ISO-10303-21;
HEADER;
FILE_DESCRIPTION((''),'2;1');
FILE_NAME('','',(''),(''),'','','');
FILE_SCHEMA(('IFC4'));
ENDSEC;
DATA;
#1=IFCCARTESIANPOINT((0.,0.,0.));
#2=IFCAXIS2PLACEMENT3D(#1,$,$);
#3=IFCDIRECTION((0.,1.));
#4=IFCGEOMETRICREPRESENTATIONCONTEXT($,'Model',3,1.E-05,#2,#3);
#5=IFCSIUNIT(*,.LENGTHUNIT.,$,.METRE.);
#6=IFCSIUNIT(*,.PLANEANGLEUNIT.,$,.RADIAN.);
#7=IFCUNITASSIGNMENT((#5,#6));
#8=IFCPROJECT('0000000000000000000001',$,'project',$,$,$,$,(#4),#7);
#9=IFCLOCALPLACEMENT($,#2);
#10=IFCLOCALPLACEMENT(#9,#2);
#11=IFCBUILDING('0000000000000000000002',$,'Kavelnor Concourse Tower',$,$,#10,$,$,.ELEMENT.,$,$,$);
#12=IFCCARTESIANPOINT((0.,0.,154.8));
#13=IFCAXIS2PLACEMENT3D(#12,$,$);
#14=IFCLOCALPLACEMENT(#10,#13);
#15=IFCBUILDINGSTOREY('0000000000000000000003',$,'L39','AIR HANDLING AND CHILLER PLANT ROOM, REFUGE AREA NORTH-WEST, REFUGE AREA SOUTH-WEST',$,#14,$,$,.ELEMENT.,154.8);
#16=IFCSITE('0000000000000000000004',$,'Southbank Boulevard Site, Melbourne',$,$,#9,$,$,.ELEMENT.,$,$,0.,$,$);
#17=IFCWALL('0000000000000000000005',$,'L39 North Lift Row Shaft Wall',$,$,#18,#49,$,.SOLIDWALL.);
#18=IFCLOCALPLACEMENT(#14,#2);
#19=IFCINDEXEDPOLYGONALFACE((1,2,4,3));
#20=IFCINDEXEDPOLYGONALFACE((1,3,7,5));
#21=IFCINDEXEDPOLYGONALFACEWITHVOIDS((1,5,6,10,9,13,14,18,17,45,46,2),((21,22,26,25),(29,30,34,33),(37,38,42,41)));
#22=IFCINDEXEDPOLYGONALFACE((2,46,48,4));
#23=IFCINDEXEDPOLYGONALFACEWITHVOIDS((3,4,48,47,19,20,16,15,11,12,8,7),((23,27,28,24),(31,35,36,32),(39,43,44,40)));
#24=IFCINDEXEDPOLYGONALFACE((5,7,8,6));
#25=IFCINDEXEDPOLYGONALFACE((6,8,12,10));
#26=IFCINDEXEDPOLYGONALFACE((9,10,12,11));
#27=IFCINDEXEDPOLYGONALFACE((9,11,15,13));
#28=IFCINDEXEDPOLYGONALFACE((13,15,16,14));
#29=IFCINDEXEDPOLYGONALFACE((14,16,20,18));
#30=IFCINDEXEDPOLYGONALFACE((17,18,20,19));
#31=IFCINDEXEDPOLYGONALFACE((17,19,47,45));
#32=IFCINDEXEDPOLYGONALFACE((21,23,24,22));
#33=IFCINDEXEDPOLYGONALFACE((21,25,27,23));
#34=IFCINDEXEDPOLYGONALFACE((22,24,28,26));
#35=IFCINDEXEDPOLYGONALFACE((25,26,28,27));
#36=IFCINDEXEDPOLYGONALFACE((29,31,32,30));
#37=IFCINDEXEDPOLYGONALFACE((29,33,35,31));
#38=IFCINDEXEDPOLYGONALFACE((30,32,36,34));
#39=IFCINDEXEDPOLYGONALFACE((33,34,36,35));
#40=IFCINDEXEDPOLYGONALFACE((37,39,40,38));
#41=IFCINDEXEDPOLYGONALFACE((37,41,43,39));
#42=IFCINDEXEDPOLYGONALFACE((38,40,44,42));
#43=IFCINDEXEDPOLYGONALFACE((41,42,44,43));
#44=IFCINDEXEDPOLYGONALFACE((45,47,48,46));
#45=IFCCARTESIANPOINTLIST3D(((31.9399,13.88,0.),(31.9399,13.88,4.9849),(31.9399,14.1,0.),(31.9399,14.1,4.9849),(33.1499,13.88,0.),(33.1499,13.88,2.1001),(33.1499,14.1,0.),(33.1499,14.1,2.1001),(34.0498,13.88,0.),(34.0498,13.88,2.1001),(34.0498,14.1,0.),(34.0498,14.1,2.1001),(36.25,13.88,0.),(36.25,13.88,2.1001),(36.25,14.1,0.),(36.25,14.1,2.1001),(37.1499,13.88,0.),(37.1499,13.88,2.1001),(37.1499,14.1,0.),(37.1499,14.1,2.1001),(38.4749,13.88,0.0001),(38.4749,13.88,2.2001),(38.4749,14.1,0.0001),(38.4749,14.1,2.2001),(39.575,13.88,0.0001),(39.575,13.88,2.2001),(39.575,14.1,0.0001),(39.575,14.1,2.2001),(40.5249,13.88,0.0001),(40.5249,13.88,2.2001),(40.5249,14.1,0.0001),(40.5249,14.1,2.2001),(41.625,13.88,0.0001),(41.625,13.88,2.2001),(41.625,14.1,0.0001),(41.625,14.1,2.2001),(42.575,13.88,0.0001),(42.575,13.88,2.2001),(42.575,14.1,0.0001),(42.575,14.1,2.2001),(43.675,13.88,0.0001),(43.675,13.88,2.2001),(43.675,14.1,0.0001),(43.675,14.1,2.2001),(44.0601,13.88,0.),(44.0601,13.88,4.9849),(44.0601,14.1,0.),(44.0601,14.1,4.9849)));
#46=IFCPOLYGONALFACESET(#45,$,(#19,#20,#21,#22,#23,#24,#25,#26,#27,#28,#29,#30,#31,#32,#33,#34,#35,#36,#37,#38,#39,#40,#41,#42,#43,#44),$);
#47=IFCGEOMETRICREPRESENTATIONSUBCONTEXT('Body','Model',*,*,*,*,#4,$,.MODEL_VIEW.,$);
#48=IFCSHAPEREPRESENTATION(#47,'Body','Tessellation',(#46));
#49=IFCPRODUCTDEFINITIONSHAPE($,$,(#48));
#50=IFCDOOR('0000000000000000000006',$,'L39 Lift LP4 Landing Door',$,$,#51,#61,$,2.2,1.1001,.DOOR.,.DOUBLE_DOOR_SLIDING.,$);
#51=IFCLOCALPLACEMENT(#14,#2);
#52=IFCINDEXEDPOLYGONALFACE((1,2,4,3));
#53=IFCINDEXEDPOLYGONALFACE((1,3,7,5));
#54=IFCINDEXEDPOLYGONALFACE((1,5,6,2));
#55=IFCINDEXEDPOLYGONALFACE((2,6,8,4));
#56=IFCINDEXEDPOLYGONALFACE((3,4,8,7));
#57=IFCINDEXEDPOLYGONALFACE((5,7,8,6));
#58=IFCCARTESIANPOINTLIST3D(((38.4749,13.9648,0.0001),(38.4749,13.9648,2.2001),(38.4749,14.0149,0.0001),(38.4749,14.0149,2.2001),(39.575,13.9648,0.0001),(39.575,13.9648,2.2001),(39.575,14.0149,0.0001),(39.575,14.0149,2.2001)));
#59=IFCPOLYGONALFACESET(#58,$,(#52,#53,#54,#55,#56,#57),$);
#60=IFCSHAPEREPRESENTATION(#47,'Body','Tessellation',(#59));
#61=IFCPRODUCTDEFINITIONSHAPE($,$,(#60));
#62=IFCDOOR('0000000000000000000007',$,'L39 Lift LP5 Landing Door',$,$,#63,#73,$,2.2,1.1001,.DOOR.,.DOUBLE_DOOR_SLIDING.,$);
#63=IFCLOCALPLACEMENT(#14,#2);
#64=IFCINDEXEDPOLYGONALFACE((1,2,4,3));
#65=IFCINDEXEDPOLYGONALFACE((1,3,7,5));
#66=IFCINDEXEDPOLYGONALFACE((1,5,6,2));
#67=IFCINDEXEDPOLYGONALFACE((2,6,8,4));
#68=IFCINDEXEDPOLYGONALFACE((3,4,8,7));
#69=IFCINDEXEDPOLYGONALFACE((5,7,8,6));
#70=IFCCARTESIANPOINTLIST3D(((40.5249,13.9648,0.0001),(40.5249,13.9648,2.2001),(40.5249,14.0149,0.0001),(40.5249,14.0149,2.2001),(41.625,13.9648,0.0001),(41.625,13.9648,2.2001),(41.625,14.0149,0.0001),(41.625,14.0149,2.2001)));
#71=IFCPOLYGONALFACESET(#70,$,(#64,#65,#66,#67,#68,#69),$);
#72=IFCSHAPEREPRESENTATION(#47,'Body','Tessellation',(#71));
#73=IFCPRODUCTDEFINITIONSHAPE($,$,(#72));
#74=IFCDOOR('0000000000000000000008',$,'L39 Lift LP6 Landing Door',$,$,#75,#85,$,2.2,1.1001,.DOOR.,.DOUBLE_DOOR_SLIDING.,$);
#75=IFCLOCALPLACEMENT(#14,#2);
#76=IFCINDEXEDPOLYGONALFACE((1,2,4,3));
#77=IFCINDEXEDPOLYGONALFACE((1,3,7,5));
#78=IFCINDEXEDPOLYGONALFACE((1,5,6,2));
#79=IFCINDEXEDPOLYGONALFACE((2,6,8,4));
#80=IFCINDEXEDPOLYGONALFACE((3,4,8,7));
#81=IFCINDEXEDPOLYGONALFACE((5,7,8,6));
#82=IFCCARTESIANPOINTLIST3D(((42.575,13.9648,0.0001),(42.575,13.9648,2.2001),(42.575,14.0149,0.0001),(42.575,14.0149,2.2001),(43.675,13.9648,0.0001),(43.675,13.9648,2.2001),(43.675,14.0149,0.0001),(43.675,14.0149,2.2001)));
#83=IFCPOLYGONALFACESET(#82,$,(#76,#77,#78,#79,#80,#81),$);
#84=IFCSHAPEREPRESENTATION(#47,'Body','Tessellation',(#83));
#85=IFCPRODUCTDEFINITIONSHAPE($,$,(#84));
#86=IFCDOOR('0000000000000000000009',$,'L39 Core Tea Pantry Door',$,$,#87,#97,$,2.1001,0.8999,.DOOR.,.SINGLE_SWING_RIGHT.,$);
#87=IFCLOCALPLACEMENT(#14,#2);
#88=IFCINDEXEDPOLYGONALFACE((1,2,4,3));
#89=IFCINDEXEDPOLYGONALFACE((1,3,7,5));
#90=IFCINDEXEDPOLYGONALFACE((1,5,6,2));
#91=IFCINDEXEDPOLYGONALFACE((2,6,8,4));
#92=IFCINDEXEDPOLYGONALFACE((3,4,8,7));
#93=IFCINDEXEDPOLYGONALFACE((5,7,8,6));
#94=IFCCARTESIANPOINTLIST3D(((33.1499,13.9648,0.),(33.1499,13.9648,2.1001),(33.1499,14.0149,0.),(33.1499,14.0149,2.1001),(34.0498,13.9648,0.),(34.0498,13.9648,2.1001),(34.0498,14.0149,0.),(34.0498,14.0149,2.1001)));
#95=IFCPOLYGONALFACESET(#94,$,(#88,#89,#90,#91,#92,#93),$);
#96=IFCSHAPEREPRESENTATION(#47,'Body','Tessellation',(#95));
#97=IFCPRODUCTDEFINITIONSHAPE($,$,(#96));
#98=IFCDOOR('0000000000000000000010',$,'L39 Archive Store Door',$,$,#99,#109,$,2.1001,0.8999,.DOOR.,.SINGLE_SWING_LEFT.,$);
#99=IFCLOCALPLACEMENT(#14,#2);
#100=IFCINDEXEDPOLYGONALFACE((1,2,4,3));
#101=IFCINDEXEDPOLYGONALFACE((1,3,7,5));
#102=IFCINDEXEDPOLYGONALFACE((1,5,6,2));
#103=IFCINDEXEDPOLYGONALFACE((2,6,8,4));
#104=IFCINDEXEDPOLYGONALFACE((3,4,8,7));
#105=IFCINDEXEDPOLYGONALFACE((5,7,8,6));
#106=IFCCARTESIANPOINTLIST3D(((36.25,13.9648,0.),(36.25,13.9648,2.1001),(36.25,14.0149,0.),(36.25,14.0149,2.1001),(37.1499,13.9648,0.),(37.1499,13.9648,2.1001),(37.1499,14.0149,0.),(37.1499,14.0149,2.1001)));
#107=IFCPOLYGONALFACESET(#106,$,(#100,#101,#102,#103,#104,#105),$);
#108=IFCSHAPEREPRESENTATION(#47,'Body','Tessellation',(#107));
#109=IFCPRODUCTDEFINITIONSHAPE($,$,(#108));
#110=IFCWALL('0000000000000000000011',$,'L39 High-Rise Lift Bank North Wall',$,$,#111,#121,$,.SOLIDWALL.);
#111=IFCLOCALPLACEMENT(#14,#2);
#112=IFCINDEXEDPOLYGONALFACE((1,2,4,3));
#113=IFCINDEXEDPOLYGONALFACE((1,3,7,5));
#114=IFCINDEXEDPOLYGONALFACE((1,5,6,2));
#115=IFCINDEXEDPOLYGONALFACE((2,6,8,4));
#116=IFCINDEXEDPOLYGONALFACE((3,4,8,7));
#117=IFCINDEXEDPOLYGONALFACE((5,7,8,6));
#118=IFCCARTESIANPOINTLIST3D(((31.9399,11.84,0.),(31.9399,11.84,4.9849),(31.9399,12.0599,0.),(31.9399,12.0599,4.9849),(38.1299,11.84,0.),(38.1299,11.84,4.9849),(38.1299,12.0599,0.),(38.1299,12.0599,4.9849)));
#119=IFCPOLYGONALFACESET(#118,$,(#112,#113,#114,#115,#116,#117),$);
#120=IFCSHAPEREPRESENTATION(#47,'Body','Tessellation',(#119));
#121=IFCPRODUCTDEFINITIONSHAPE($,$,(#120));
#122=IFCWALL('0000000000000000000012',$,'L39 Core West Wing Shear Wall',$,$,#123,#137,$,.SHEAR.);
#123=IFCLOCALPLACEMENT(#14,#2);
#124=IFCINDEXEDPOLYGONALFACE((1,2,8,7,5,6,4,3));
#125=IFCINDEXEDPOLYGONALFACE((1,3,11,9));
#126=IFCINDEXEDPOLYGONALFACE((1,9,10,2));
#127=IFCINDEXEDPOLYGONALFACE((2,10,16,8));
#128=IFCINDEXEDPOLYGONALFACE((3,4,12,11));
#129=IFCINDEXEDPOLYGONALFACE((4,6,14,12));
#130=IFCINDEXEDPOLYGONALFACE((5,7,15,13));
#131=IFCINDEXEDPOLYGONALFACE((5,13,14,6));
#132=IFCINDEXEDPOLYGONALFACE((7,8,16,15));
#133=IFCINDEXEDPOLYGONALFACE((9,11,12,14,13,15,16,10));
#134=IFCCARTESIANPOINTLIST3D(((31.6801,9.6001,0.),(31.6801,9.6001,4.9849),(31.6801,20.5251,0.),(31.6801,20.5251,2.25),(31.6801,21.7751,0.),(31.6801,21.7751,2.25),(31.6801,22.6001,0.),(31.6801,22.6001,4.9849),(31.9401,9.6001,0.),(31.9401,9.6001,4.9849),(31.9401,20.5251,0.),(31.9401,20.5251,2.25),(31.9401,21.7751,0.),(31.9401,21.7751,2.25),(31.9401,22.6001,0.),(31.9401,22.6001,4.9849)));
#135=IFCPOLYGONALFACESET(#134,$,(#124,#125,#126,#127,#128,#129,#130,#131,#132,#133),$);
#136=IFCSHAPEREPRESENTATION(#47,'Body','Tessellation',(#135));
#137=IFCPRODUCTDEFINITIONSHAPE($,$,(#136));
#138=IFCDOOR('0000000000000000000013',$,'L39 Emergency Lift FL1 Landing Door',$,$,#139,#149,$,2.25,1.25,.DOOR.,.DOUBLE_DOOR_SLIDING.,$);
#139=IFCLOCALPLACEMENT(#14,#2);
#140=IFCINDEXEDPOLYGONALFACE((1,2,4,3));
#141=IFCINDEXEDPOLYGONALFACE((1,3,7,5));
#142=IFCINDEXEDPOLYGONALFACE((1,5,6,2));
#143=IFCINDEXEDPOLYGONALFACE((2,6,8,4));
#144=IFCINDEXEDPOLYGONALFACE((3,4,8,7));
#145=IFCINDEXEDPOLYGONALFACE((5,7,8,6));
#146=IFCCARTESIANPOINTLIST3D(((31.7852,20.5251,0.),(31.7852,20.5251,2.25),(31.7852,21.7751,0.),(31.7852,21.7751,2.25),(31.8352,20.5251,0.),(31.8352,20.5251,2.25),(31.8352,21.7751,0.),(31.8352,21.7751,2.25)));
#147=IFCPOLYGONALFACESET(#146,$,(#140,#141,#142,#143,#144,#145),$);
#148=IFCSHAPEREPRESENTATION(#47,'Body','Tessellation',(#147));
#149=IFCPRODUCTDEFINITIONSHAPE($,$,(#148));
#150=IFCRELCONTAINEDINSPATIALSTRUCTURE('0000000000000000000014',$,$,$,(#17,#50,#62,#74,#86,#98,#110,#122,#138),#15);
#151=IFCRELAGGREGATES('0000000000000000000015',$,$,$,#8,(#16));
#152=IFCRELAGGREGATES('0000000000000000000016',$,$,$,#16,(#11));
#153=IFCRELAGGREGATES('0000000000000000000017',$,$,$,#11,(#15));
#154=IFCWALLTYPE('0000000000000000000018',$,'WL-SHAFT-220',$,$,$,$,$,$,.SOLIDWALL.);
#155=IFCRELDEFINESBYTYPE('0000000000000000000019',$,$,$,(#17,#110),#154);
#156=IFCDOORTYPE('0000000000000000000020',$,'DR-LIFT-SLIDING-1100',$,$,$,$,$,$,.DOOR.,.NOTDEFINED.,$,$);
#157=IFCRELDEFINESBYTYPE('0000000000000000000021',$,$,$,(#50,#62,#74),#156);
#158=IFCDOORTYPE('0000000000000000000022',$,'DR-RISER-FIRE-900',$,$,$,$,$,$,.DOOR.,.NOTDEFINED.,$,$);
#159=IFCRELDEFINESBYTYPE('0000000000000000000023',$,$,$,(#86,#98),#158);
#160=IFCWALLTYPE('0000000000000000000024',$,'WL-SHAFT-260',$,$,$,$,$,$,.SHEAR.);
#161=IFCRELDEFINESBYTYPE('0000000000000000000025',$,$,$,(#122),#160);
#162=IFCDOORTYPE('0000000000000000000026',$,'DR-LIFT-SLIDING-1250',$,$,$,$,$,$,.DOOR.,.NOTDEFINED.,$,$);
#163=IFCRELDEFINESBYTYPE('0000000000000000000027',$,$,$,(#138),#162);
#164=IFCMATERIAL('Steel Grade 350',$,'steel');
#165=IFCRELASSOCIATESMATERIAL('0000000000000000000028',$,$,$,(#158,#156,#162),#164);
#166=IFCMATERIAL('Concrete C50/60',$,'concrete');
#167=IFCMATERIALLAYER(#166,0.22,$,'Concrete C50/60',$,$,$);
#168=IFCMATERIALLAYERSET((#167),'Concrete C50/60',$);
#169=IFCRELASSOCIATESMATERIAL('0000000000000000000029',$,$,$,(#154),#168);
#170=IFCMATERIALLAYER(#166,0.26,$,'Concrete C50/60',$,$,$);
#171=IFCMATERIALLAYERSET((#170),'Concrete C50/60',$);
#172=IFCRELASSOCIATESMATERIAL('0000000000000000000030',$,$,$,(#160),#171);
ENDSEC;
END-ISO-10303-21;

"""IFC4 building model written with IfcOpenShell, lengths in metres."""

from ifc_helpers import new_model, si_unit, direction, frame, frame_2d, origin, place, context, subcontext, project, spatial, rectangle, extrude, material, layer, layer_set, type_object, element, fill, save


model = new_model("IFC4")

# Units and contexts
model_context = context("Model", 3, precision=1e-05, world=origin(), true_north=direction((0.0, 1.0)))
body_context = subcontext(model_context, "Body", "Model", "MODEL_VIEW")
ifc_project = project(units=[si_unit("LENGTHUNIT", "METRE"), si_unit("PLANEANGLEUNIT", "RADIAN")], contexts=[model_context])

# Site, building, storey
site_placement = place(None, origin())
site = spatial("IfcSite", under=ifc_project, at=site_placement, Name="Southbank Boulevard Site, Melbourne", CompositionType="ELEMENT", RefElevation=0.0)
building_placement = place(site_placement, origin())
building = spatial("IfcBuilding", under=site, at=building_placement, Name="Kavelnor Concourse Tower", CompositionType="ELEMENT")
storey_placement = place(building_placement, frame((0.0, 0.0, 154.8)))
storey = spatial("IfcBuildingStorey", under=building, at=storey_placement, Name="L39", Description="AIR HANDLING AND CHILLER PLANT ROOM, REFUGE AREA NORTH-WEST, REFUGE AREA SOUTH-WEST", CompositionType="ELEMENT", Elevation=154.8)

# Shared definitions
ifc_material_1 = material(Name="Steel Grade 350", Category="steel")

# Shared definitions
ifc_material_2 = material(Name="Concrete C50/60", Category="concrete")

# Shared definitions
door_type_1 = type_object("IfcDoorType", Name="DR-RISER-FIRE-900", OperationType="NOTDEFINED", PredefinedType="DOOR", material=ifc_material_1)

# Wall, openings, doors
ifc_layer_1 = layer(ifc_material_2, 0.22, Name="Concrete C50/60")
ifc_layer_set_1 = layer_set([ifc_layer_1], Name="Concrete C50/60")
wall_type_1 = type_object("IfcWallType", Name="WL-SHAFT-220", PredefinedType="SOLIDWALL", material=ifc_layer_set_1)
wall_1_placement = place(storey_placement, frame((31.9399, 13.99, 0.0), z_axis=(0.0, 0.0, 1.0), x_axis=(1.0, 0.0, 0.0)))
wall_1 = element("IfcWall", 1, at=wall_1_placement, inside=storey, type_object=wall_type_1, Name="L39 North Lift Row Shaft Wall", PredefinedType="SOLIDWALL", context=body_context, shape_type="SweptSolid", body=[
    extrude(rectangle(XDim=12.1201, YDim=0.22, at=frame_2d((6.0601, 0.0))), origin(), (0.0, 0.0, 1.0), 4.9849),
])
opening_1_placement = place(wall_1_placement, frame((1.21, 0.0, 0.0)))
opening_1 = element("IfcOpeningElement", 2, at=opening_1_placement, cuts=wall_1, PredefinedType="OPENING", context=body_context, shape_type="SweptSolid", body=[
    extrude(rectangle(XDim=0.8999, YDim=2.1001, at=frame_2d((0.45, 1.05))), frame((0.0, 0.1201, 0.0), z_axis=(0.0, -1.0, 0.0), x_axis=(1.0, 0.0, 0.0)), (0.0, 0.0, 1.0), 0.24),
])
opening_2_placement = place(wall_1_placement, frame((4.3101, 0.0, 0.0)))
opening_2 = element("IfcOpeningElement", 3, at=opening_2_placement, cuts=wall_1, PredefinedType="OPENING", context=body_context, shape_type="SweptSolid", body=[
    extrude(rectangle(XDim=0.8999, YDim=2.1001, at=frame_2d((0.45, 1.05))), frame((0.0, 0.1201, 0.0), z_axis=(0.0, -1.0, 0.0), x_axis=(1.0, 0.0, 0.0)), (0.0, 0.0, 1.0), 0.24),
])
opening_3_placement = place(wall_1_placement, frame((6.5349, 0.0, 0.0)))
opening_3 = element("IfcOpeningElement", 4, at=opening_3_placement, cuts=wall_1, PredefinedType="OPENING", context=body_context, shape_type="SweptSolid", body=[
    extrude(rectangle(XDim=1.1001, YDim=2.2, at=frame_2d((0.55, 1.1001))), frame((0.0, 0.1201, 0.0), z_axis=(0.0, -1.0, 0.0), x_axis=(1.0, 0.0, 0.0)), (0.0, 0.0, 1.0), 0.24),
])
opening_4_placement = place(wall_1_placement, frame((8.585, 0.0, 0.0)))
opening_4 = element("IfcOpeningElement", 5, at=opening_4_placement, cuts=wall_1, PredefinedType="OPENING", context=body_context, shape_type="SweptSolid", body=[
    extrude(rectangle(XDim=1.1001, YDim=2.2, at=frame_2d((0.55, 1.1001))), frame((0.0, 0.1201, 0.0), z_axis=(0.0, -1.0, 0.0), x_axis=(1.0, 0.0, 0.0)), (0.0, 0.0, 1.0), 0.24),
])
opening_5_placement = place(wall_1_placement, frame((10.635, 0.0, 0.0)))
opening_5 = element("IfcOpeningElement", 6, at=opening_5_placement, cuts=wall_1, PredefinedType="OPENING", context=body_context, shape_type="SweptSolid", body=[
    extrude(rectangle(XDim=1.1001, YDim=2.2, at=frame_2d((0.55, 1.1001))), frame((0.0, 0.1201, 0.0), z_axis=(0.0, -1.0, 0.0), x_axis=(1.0, 0.0, 0.0)), (0.0, 0.0, 1.0), 0.24),
])
door_type_2 = type_object("IfcDoorType", Name="DR-LIFT-SLIDING-1100", OperationType="NOTDEFINED", PredefinedType="DOOR", material=ifc_material_1)
door_1_placement = place(opening_3_placement, origin())
door_1 = element("IfcDoor", 7, at=door_1_placement, inside=storey, type_object=door_type_2, Name="L39 Lift LP4 Landing Door", OperationType="DOUBLE_DOOR_SLIDING", OverallHeight=2.2, OverallWidth=1.1001, PredefinedType="DOOR", context=body_context, shape_type="SweptSolid", body=[
    extrude(rectangle(XDim=1.1001, YDim=2.2, at=frame_2d((0.55, 1.1001))), frame((0.0, 0.0249, 0.0), z_axis=(0.0, -1.0, 0.0), x_axis=(1.0, 0.0, 0.0)), (0.0, 0.0, 1.0), 0.05),
])
fill(opening_3, door_1)
door_2_placement = place(opening_4_placement, origin())
door_2 = element("IfcDoor", 8, at=door_2_placement, inside=storey, type_object=door_type_2, Name="L39 Lift LP5 Landing Door", OperationType="DOUBLE_DOOR_SLIDING", OverallHeight=2.2, OverallWidth=1.1001, PredefinedType="DOOR", context=body_context, shape_type="SweptSolid", body=[
    extrude(rectangle(XDim=1.1001, YDim=2.2, at=frame_2d((0.55, 1.1001))), frame((0.0, 0.0249, 0.0), z_axis=(0.0, -1.0, 0.0), x_axis=(1.0, 0.0, 0.0)), (0.0, 0.0, 1.0), 0.05),
])
fill(opening_4, door_2)
door_3_placement = place(opening_5_placement, origin())
door_3 = element("IfcDoor", 9, at=door_3_placement, inside=storey, type_object=door_type_2, Name="L39 Lift LP6 Landing Door", OperationType="DOUBLE_DOOR_SLIDING", OverallHeight=2.2, OverallWidth=1.1001, PredefinedType="DOOR", context=body_context, shape_type="SweptSolid", body=[
    extrude(rectangle(XDim=1.1001, YDim=2.2, at=frame_2d((0.55, 1.1001))), frame((0.0, 0.0249, 0.0), z_axis=(0.0, -1.0, 0.0), x_axis=(1.0, 0.0, 0.0)), (0.0, 0.0, 1.0), 0.05),
])
fill(opening_5, door_3)
door_4_placement = place(opening_1_placement, origin())
door_4 = element("IfcDoor", 10, at=door_4_placement, inside=storey, type_object=door_type_1, Name="L39 Core Tea Pantry Door", OperationType="SINGLE_SWING_RIGHT", OverallHeight=2.1001, OverallWidth=0.8999, PredefinedType="DOOR", context=body_context, shape_type="SweptSolid", body=[
    extrude(rectangle(XDim=0.8999, YDim=2.1001, at=frame_2d((0.45, 1.05))), frame((0.0, 0.0249, 0.0), z_axis=(0.0, -1.0, 0.0), x_axis=(1.0, 0.0, 0.0)), (0.0, 0.0, 1.0), 0.05),
])
fill(opening_1, door_4)
door_5_placement = place(opening_2_placement, origin())
door_5 = element("IfcDoor", 11, at=door_5_placement, inside=storey, type_object=door_type_1, Name="L39 Archive Store Door", OperationType="SINGLE_SWING_LEFT", OverallHeight=2.1001, OverallWidth=0.8999, PredefinedType="DOOR", context=body_context, shape_type="SweptSolid", body=[
    extrude(rectangle(XDim=0.8999, YDim=2.1001, at=frame_2d((0.45, 1.05))), frame((0.0, 0.0249, 0.0), z_axis=(0.0, -1.0, 0.0), x_axis=(1.0, 0.0, 0.0)), (0.0, 0.0, 1.0), 0.05),
])
fill(opening_2, door_5)

# Wall
wall_2_placement = place(storey_placement, frame((31.9399, 11.95, 0.0), z_axis=(0.0, 0.0, 1.0), x_axis=(1.0, 0.0, 0.0)))
element("IfcWall", 12, at=wall_2_placement, inside=storey, type_object=wall_type_1, Name="L39 High-Rise Lift Bank North Wall", PredefinedType="SOLIDWALL", context=body_context, shape_type="SweptSolid", body=[
    extrude(rectangle(XDim=6.1899, YDim=0.22, at=frame_2d((3.095, 0.0))), origin(), (0.0, 0.0, 1.0), 4.9849),
])

# Wall, opening, door
ifc_layer_2 = layer(ifc_material_2, 0.26, Name="Concrete C50/60")
ifc_layer_set_2 = layer_set([ifc_layer_2], Name="Concrete C50/60")
wall_type_2 = type_object("IfcWallType", Name="WL-SHAFT-260", PredefinedType="SHEAR", material=ifc_layer_set_2)
wall_3_placement = place(storey_placement, frame((31.8101, 9.6001, 0.0), z_axis=(0.0, 0.0, 1.0), x_axis=(0.0, 1.0, 0.0)))
wall_3 = element("IfcWall", 13, at=wall_3_placement, inside=storey, type_object=wall_type_2, Name="L39 Core West Wing Shear Wall", PredefinedType="SHEAR", context=body_context, shape_type="SweptSolid", body=[
    extrude(rectangle(XDim=13.0, YDim=0.26, at=frame_2d((6.5, 0.0))), origin(), (0.0, 0.0, 1.0), 4.9849),
])
opening_6_placement = place(wall_3_placement, frame((10.925, 0.0, 0.0)))
opening_6 = element("IfcOpeningElement", 14, at=opening_6_placement, cuts=wall_3, PredefinedType="OPENING", context=body_context, shape_type="SweptSolid", body=[
    extrude(rectangle(XDim=1.25, YDim=2.25, at=frame_2d((0.625, 1.125))), frame((0.0, 0.1401, 0.0), z_axis=(0.0, -1.0, 0.0), x_axis=(1.0, 0.0, 0.0)), (0.0, 0.0, 1.0), 0.28),
])
door_type_3 = type_object("IfcDoorType", Name="DR-LIFT-SLIDING-1250", OperationType="NOTDEFINED", PredefinedType="DOOR", material=ifc_material_1)
door_6_placement = place(opening_6_placement, origin())
door_6 = element("IfcDoor", 15, at=door_6_placement, inside=storey, type_object=door_type_3, Name="L39 Emergency Lift FL1 Landing Door", OperationType="DOUBLE_DOOR_SLIDING", OverallHeight=2.25, OverallWidth=1.25, PredefinedType="DOOR", context=body_context, shape_type="SweptSolid", body=[
    extrude(rectangle(XDim=1.25, YDim=2.25, at=frame_2d((0.625, 1.125))), frame((0.0, 0.0249, 0.0), z_axis=(0.0, -1.0, 0.0), x_axis=(1.0, 0.0, 0.0)), (0.0, 0.0, 1.0), 0.05),
])
fill(opening_6, door_6)

save(model, "model.ifc")
